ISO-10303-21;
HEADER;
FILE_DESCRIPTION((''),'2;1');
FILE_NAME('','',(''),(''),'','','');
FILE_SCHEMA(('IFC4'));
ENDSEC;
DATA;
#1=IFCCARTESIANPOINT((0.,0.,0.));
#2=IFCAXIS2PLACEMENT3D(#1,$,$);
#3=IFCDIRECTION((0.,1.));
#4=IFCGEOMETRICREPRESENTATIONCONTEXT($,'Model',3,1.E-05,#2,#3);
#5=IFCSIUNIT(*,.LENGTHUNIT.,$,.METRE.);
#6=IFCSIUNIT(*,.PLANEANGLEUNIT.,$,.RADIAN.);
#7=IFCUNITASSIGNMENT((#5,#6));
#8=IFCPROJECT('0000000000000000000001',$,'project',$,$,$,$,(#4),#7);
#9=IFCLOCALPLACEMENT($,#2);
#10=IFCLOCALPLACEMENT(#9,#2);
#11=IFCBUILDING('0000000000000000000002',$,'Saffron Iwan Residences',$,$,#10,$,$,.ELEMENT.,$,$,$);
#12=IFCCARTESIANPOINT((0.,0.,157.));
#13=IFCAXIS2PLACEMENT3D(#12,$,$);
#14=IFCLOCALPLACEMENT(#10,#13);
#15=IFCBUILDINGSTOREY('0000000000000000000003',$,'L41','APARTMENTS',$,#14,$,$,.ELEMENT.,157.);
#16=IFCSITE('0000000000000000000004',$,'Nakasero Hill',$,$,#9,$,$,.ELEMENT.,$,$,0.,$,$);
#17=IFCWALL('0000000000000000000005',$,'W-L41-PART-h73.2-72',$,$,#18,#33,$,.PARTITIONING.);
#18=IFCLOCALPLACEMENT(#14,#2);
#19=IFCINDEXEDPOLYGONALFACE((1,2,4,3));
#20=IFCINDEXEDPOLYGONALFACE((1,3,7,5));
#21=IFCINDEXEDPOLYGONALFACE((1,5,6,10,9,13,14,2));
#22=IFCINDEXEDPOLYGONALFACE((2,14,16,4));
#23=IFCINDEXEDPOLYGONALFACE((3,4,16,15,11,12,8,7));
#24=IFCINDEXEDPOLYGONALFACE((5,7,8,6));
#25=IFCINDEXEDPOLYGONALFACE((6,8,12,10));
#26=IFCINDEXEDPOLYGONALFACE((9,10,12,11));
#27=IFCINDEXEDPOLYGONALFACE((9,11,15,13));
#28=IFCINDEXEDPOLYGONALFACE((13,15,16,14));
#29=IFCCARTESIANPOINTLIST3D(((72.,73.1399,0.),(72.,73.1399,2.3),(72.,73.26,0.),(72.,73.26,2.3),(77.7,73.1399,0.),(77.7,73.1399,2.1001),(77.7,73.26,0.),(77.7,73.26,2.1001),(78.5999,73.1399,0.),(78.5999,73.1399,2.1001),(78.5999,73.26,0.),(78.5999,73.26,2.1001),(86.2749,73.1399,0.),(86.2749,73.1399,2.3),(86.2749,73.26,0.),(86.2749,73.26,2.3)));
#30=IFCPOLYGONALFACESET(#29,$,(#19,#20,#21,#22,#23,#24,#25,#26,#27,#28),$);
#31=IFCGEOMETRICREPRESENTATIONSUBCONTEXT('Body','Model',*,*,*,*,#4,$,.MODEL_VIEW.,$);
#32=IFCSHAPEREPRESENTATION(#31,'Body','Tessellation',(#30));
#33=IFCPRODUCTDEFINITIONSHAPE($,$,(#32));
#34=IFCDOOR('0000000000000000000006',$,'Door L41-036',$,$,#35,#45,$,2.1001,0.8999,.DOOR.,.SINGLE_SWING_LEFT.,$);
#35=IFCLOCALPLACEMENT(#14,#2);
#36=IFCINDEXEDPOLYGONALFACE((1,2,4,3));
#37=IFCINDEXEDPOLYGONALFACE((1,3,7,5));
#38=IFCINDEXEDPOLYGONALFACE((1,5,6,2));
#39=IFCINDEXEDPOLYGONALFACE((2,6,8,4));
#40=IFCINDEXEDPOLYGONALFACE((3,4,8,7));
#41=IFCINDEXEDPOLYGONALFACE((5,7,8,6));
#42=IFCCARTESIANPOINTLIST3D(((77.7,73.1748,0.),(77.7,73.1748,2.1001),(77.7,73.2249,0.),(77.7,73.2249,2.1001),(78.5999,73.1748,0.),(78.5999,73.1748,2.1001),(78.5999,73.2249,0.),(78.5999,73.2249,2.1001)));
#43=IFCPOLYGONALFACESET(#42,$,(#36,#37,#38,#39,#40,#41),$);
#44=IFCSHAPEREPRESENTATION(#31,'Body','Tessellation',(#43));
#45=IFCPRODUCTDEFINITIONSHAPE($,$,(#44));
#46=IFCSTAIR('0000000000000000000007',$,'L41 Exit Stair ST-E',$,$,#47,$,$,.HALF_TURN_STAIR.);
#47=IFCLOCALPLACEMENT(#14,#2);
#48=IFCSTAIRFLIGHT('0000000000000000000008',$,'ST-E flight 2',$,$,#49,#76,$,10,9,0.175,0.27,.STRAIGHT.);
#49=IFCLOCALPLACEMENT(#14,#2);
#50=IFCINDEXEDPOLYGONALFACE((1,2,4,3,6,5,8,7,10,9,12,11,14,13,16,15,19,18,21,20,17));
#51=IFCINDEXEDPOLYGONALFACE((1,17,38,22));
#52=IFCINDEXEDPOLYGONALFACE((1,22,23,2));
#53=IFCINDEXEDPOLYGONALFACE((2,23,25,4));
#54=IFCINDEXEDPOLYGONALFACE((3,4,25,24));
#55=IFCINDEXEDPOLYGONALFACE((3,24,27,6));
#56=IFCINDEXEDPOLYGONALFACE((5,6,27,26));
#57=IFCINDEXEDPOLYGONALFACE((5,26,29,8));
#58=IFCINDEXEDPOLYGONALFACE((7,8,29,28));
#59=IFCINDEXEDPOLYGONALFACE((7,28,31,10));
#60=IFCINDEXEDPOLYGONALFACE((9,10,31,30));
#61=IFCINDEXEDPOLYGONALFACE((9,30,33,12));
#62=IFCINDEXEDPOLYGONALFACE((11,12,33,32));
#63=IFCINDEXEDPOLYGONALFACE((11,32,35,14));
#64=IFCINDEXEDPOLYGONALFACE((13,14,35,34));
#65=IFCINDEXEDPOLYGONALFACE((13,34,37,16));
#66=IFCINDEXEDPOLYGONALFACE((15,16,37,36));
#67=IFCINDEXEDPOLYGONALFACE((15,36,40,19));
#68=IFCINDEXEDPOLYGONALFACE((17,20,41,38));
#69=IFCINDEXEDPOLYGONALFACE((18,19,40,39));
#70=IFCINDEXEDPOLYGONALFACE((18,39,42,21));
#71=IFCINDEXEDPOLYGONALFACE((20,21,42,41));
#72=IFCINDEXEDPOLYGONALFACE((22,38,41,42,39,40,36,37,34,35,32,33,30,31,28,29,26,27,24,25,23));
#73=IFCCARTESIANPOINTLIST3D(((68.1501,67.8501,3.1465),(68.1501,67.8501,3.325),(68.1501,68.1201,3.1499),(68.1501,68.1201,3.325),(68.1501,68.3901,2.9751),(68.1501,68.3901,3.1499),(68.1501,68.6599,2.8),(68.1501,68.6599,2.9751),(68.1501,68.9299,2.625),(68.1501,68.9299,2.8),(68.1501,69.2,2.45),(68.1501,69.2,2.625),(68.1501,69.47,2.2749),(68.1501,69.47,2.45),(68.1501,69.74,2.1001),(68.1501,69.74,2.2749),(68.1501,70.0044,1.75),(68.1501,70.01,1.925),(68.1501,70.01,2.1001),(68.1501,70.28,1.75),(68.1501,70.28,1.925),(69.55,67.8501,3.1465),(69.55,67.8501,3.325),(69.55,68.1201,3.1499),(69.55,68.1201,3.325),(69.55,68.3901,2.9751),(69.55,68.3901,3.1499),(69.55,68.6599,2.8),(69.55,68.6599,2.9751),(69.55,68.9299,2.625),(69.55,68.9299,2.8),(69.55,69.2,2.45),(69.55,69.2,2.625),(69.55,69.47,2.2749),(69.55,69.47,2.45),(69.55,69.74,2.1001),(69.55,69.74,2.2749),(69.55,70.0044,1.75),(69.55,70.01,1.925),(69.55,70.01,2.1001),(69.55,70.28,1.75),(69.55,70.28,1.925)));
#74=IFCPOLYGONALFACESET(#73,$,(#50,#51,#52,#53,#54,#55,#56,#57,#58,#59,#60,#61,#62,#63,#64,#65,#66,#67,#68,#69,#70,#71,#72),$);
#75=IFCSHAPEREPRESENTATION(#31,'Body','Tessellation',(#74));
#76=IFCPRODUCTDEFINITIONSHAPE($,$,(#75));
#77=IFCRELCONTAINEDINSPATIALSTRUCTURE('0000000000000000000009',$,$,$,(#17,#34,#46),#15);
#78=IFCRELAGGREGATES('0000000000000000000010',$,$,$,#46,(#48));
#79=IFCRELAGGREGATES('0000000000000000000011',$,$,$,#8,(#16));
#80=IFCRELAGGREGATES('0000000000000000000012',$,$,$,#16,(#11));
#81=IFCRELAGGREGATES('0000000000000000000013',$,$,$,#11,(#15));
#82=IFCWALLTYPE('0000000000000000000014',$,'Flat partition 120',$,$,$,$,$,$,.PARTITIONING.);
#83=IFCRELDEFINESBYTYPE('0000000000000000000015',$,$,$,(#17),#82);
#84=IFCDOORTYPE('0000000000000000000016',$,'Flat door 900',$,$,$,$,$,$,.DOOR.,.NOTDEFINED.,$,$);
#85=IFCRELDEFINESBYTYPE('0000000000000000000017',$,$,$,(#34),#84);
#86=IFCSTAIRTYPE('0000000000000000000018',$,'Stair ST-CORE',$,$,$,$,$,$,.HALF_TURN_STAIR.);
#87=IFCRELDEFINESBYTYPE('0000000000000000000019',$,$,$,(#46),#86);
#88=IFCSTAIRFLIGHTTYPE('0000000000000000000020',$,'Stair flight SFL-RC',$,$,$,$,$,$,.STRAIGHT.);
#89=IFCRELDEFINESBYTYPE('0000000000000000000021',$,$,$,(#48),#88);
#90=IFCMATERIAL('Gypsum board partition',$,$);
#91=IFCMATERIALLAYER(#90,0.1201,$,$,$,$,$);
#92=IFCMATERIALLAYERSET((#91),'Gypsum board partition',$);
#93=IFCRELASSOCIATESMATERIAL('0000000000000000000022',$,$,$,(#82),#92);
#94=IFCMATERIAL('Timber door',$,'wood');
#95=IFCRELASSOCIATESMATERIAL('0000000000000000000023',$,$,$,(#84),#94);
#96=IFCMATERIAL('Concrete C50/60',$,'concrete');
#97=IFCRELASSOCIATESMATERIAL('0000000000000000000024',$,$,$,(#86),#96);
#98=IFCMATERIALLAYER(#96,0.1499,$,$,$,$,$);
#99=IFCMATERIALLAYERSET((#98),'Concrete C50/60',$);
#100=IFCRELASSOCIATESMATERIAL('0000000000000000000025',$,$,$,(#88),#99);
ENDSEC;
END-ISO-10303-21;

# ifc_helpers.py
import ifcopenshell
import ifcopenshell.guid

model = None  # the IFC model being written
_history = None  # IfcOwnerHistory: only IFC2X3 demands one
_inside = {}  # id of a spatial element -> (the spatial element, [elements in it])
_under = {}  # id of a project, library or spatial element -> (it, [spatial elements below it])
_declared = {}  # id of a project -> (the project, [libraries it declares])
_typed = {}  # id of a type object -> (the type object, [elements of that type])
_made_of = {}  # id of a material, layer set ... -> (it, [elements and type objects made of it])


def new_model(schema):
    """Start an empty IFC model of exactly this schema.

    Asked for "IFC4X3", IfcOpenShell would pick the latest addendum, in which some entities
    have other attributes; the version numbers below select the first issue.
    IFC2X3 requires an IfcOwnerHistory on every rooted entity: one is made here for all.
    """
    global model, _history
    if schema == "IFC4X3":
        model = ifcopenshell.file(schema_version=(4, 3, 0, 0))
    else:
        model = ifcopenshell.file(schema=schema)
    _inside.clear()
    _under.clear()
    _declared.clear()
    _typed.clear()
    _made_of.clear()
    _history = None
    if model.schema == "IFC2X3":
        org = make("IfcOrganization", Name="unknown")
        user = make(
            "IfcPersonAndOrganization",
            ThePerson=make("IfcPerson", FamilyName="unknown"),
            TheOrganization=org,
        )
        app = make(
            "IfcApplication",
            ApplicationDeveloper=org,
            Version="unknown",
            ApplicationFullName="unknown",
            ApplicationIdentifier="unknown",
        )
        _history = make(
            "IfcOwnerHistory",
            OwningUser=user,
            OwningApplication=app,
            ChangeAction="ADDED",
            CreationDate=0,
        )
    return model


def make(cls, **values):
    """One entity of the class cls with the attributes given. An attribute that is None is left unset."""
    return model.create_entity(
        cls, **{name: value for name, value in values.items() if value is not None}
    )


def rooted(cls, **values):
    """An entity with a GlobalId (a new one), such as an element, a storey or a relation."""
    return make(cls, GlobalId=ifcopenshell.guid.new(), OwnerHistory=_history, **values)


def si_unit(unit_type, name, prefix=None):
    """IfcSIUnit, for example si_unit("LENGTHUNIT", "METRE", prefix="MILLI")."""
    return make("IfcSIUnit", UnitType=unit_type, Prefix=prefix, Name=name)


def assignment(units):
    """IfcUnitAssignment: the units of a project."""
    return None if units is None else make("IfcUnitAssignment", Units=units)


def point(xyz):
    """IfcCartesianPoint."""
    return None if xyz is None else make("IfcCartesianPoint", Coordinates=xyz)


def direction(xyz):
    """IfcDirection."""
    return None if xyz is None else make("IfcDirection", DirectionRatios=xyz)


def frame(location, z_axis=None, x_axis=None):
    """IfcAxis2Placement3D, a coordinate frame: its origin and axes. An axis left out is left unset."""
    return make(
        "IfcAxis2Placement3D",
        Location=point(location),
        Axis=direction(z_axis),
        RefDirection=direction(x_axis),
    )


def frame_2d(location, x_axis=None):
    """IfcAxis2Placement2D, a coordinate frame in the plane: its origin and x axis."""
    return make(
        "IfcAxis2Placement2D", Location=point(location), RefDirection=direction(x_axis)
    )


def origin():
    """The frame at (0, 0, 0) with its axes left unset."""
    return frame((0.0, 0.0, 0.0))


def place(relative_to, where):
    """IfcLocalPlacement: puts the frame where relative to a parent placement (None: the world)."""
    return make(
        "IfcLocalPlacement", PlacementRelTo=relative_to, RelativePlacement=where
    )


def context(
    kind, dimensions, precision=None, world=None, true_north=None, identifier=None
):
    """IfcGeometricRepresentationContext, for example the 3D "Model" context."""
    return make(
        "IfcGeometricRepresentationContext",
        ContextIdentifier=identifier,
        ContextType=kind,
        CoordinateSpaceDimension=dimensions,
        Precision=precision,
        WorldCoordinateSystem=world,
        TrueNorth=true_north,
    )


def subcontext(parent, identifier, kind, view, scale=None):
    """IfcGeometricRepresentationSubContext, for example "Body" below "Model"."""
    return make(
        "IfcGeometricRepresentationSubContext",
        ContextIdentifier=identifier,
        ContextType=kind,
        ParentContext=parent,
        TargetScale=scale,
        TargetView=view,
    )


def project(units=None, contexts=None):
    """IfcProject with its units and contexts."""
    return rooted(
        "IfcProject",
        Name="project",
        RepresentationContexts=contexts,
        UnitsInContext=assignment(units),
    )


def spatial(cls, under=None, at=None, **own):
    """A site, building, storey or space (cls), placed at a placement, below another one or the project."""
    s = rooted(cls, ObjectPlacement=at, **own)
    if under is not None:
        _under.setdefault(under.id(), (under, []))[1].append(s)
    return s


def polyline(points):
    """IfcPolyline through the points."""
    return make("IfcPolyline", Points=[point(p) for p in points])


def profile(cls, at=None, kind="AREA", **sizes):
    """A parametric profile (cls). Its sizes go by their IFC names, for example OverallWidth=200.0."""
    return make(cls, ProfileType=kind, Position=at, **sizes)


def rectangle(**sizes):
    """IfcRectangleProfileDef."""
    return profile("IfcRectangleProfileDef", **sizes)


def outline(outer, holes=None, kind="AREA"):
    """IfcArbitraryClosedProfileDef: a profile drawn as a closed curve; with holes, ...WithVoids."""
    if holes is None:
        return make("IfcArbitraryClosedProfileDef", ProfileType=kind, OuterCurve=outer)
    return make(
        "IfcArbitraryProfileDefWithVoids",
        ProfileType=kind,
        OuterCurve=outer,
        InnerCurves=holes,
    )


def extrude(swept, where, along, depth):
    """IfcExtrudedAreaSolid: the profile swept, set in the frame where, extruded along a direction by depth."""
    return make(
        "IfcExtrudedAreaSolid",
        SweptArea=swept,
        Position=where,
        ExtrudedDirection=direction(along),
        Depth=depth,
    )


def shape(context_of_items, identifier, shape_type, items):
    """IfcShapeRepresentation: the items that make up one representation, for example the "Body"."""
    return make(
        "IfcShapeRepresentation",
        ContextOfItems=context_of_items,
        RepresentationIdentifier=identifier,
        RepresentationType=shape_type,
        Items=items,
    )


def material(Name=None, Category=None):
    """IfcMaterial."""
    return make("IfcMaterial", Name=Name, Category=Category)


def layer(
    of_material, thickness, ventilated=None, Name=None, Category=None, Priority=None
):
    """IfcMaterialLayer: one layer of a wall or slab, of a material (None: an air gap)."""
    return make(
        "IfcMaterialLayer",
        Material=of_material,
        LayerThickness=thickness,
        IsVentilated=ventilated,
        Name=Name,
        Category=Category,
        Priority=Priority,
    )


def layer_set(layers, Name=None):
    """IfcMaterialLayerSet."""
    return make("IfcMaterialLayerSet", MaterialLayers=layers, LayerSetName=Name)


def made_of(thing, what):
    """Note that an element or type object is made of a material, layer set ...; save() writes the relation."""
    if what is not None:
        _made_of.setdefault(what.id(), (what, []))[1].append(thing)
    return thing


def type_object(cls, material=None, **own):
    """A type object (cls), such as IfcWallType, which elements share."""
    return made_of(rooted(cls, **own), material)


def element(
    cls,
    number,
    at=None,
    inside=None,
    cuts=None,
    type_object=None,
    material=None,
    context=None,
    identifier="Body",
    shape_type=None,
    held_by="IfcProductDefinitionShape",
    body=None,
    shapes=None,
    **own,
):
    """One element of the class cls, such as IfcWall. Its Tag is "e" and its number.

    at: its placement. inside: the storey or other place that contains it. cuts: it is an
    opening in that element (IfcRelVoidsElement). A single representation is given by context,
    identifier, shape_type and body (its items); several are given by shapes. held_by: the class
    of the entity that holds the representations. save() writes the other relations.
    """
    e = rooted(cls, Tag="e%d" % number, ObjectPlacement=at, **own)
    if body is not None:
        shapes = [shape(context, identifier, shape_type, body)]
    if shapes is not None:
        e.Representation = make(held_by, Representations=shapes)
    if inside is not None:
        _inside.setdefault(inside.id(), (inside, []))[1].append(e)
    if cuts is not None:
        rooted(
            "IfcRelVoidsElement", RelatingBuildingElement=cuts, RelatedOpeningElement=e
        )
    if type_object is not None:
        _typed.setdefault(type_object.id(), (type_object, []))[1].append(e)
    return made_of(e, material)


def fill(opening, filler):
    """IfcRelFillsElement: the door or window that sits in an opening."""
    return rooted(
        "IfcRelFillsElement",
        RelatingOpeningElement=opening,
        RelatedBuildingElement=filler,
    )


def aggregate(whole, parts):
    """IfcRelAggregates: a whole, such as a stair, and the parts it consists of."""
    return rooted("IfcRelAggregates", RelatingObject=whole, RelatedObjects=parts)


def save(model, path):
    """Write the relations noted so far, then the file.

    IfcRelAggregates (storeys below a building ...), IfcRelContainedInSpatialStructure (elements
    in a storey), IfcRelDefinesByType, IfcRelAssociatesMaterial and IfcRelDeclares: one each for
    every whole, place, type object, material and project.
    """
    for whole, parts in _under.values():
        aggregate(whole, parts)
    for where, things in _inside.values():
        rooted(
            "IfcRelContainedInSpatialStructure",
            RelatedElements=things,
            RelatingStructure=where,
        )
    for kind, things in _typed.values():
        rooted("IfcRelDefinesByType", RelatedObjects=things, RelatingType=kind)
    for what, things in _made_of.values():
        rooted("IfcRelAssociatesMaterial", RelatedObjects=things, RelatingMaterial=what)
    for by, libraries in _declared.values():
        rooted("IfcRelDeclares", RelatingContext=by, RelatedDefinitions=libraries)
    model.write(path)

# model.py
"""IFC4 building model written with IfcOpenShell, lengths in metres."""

from ifc_helpers import new_model, si_unit, direction, frame, frame_2d, origin, place, context, subcontext, project, spatial, polyline, rectangle, outline, extrude, material, layer, layer_set, type_object, element, fill, aggregate, save


model = new_model("IFC4")

# Units and contexts
model_context = context("Model", 3, precision=1e-05, world=origin(), true_north=direction((0.0, 1.0)))
body_context = subcontext(model_context, "Body", "Model", "MODEL_VIEW")
ifc_project = project(units=[si_unit("LENGTHUNIT", "METRE"), si_unit("PLANEANGLEUNIT", "RADIAN")], contexts=[model_context])

# Site, building, storey
site_placement = place(None, origin())
site = spatial("IfcSite", under=ifc_project, at=site_placement, Name="Nakasero Hill", CompositionType="ELEMENT", RefElevation=0.0)
building_placement = place(site_placement, origin())
building = spatial("IfcBuilding", under=site, at=building_placement, Name="Saffron Iwan Residences", CompositionType="ELEMENT")
storey_placement = place(building_placement, frame((0.0, 0.0, 157.0)))
storey = spatial("IfcBuildingStorey", under=building, at=storey_placement, Name="L41", Description="APARTMENTS", CompositionType="ELEMENT", Elevation=157.0)

# Shared definitions
ifc_material_1 = material(Name="Concrete C50/60", Category="concrete")

# Wall, opening, door
ifc_material_2 = material(Name="Gypsum board partition")
ifc_layer_1 = layer(ifc_material_2, 0.1201)
ifc_layer_set_1 = layer_set([ifc_layer_1], Name="Gypsum board partition")
wall_type_1 = type_object("IfcWallType", Name="Flat partition 120", PredefinedType="PARTITIONING", material=ifc_layer_set_1)
wall_1_placement = place(storey_placement, frame((72.0, 73.2, 0.0), z_axis=(0.0, 0.0, 1.0), x_axis=(1.0, 0.0, 0.0)))
wall_1 = element("IfcWall", 1, at=wall_1_placement, inside=storey, type_object=wall_type_1, Name="W-L41-PART-h73.2-72", PredefinedType="PARTITIONING", context=body_context, shape_type="SweptSolid", body=[
    extrude(rectangle(XDim=14.2749, YDim=0.1201, at=frame_2d((7.1375, 0.0))), origin(), (0.0, 0.0, 1.0), 2.3),
])
opening_1_placement = place(wall_1_placement, frame((5.7, 0.0, 0.0)))
opening_1 = element("IfcOpeningElement", 2, at=opening_1_placement, cuts=wall_1, PredefinedType="OPENING", context=body_context, shape_type="SweptSolid", body=[
    extrude(rectangle(XDim=0.8999, YDim=2.1001, at=frame_2d((0.45, 1.05))), frame((0.0, 0.0701, 0.0), z_axis=(0.0, -1.0, 0.0), x_axis=(1.0, 0.0, 0.0)), (0.0, 0.0, 1.0), 0.1401),
])
ifc_material_3 = material(Name="Timber door", Category="wood")
door_type_1 = type_object("IfcDoorType", Name="Flat door 900", OperationType="NOTDEFINED", PredefinedType="DOOR", material=ifc_material_3)
door_1_placement = place(opening_1_placement, origin())
door_1 = element("IfcDoor", 3, at=door_1_placement, inside=storey, type_object=door_type_1, Name="Door L41-036", OperationType="SINGLE_SWING_LEFT", OverallHeight=2.1001, OverallWidth=0.8999, PredefinedType="DOOR", context=body_context, shape_type="SweptSolid", body=[
    extrude(rectangle(XDim=0.8999, YDim=2.1001, at=frame_2d((0.45, 1.05))), frame((0.0, 0.0249, 0.0), z_axis=(0.0, -1.0, 0.0), x_axis=(1.0, 0.0, 0.0)), (0.0, 0.0, 1.0), 0.05),
])
fill(opening_1, door_1)

# Stair, stair flight
stair_type = type_object("IfcStairType", Name="Stair ST-CORE", PredefinedType="HALF_TURN_STAIR", material=ifc_material_1)
stair_placement = place(storey_placement, origin())
stair = element("IfcStair", 4, at=stair_placement, inside=storey, type_object=stair_type, Name="L41 Exit Stair ST-E", PredefinedType="HALF_TURN_STAIR")
ifc_layer_2 = layer(ifc_material_1, 0.1499)
ifc_layer_set_2 = layer_set([ifc_layer_2], Name="Concrete C50/60")
stair_flight_type = type_object("IfcStairFlightType", Name="Stair flight SFL-RC", PredefinedType="STRAIGHT", material=ifc_layer_set_2)
stair_flight_placement = place(storey_placement, frame((68.8501, 70.28, 1.75), z_axis=(0.0, 0.0, 1.0), x_axis=(0.0, -1.0, 0.0)))
stair_flight = element("IfcStairFlight", 5, at=stair_flight_placement, type_object=stair_flight_type, Name="ST-E flight 2", NumberOfRisers=10, NumberOfTreads=9, PredefinedType="STRAIGHT", RiserHeight=0.175, TreadLength=0.27, context=body_context, shape_type="SweptSolid", body=[
    extrude(outline(polyline([(0.0, 0.0), (0.0, 0.175), (0.27, 0.175), (0.27, 0.3501), (0.54, 0.3501), (0.54, 0.5249), (0.8101, 0.5249), (0.8101, 0.7), (1.0801, 0.7), (1.0801, 0.875), (1.3501, 0.875), (1.3501, 1.05), (1.6201, 1.05), (1.6201, 1.2251), (1.8899, 1.2251), (1.8899, 1.3999), (2.1599, 1.3999), (2.1599, 1.575), (2.4299, 1.575), (2.4299, 1.75), (2.4299, 1.3965), (0.2756, 0.0), (0.0, 0.0)])), frame((0.0, 0.7, 0.0), z_axis=(0.0, -1.0, 0.0), x_axis=(1.0, 0.0, 0.0)), (0.0, 0.0, 1.0), 1.3999),
])
aggregate(stair, [stair_flight])

save(model, "model.ifc")
